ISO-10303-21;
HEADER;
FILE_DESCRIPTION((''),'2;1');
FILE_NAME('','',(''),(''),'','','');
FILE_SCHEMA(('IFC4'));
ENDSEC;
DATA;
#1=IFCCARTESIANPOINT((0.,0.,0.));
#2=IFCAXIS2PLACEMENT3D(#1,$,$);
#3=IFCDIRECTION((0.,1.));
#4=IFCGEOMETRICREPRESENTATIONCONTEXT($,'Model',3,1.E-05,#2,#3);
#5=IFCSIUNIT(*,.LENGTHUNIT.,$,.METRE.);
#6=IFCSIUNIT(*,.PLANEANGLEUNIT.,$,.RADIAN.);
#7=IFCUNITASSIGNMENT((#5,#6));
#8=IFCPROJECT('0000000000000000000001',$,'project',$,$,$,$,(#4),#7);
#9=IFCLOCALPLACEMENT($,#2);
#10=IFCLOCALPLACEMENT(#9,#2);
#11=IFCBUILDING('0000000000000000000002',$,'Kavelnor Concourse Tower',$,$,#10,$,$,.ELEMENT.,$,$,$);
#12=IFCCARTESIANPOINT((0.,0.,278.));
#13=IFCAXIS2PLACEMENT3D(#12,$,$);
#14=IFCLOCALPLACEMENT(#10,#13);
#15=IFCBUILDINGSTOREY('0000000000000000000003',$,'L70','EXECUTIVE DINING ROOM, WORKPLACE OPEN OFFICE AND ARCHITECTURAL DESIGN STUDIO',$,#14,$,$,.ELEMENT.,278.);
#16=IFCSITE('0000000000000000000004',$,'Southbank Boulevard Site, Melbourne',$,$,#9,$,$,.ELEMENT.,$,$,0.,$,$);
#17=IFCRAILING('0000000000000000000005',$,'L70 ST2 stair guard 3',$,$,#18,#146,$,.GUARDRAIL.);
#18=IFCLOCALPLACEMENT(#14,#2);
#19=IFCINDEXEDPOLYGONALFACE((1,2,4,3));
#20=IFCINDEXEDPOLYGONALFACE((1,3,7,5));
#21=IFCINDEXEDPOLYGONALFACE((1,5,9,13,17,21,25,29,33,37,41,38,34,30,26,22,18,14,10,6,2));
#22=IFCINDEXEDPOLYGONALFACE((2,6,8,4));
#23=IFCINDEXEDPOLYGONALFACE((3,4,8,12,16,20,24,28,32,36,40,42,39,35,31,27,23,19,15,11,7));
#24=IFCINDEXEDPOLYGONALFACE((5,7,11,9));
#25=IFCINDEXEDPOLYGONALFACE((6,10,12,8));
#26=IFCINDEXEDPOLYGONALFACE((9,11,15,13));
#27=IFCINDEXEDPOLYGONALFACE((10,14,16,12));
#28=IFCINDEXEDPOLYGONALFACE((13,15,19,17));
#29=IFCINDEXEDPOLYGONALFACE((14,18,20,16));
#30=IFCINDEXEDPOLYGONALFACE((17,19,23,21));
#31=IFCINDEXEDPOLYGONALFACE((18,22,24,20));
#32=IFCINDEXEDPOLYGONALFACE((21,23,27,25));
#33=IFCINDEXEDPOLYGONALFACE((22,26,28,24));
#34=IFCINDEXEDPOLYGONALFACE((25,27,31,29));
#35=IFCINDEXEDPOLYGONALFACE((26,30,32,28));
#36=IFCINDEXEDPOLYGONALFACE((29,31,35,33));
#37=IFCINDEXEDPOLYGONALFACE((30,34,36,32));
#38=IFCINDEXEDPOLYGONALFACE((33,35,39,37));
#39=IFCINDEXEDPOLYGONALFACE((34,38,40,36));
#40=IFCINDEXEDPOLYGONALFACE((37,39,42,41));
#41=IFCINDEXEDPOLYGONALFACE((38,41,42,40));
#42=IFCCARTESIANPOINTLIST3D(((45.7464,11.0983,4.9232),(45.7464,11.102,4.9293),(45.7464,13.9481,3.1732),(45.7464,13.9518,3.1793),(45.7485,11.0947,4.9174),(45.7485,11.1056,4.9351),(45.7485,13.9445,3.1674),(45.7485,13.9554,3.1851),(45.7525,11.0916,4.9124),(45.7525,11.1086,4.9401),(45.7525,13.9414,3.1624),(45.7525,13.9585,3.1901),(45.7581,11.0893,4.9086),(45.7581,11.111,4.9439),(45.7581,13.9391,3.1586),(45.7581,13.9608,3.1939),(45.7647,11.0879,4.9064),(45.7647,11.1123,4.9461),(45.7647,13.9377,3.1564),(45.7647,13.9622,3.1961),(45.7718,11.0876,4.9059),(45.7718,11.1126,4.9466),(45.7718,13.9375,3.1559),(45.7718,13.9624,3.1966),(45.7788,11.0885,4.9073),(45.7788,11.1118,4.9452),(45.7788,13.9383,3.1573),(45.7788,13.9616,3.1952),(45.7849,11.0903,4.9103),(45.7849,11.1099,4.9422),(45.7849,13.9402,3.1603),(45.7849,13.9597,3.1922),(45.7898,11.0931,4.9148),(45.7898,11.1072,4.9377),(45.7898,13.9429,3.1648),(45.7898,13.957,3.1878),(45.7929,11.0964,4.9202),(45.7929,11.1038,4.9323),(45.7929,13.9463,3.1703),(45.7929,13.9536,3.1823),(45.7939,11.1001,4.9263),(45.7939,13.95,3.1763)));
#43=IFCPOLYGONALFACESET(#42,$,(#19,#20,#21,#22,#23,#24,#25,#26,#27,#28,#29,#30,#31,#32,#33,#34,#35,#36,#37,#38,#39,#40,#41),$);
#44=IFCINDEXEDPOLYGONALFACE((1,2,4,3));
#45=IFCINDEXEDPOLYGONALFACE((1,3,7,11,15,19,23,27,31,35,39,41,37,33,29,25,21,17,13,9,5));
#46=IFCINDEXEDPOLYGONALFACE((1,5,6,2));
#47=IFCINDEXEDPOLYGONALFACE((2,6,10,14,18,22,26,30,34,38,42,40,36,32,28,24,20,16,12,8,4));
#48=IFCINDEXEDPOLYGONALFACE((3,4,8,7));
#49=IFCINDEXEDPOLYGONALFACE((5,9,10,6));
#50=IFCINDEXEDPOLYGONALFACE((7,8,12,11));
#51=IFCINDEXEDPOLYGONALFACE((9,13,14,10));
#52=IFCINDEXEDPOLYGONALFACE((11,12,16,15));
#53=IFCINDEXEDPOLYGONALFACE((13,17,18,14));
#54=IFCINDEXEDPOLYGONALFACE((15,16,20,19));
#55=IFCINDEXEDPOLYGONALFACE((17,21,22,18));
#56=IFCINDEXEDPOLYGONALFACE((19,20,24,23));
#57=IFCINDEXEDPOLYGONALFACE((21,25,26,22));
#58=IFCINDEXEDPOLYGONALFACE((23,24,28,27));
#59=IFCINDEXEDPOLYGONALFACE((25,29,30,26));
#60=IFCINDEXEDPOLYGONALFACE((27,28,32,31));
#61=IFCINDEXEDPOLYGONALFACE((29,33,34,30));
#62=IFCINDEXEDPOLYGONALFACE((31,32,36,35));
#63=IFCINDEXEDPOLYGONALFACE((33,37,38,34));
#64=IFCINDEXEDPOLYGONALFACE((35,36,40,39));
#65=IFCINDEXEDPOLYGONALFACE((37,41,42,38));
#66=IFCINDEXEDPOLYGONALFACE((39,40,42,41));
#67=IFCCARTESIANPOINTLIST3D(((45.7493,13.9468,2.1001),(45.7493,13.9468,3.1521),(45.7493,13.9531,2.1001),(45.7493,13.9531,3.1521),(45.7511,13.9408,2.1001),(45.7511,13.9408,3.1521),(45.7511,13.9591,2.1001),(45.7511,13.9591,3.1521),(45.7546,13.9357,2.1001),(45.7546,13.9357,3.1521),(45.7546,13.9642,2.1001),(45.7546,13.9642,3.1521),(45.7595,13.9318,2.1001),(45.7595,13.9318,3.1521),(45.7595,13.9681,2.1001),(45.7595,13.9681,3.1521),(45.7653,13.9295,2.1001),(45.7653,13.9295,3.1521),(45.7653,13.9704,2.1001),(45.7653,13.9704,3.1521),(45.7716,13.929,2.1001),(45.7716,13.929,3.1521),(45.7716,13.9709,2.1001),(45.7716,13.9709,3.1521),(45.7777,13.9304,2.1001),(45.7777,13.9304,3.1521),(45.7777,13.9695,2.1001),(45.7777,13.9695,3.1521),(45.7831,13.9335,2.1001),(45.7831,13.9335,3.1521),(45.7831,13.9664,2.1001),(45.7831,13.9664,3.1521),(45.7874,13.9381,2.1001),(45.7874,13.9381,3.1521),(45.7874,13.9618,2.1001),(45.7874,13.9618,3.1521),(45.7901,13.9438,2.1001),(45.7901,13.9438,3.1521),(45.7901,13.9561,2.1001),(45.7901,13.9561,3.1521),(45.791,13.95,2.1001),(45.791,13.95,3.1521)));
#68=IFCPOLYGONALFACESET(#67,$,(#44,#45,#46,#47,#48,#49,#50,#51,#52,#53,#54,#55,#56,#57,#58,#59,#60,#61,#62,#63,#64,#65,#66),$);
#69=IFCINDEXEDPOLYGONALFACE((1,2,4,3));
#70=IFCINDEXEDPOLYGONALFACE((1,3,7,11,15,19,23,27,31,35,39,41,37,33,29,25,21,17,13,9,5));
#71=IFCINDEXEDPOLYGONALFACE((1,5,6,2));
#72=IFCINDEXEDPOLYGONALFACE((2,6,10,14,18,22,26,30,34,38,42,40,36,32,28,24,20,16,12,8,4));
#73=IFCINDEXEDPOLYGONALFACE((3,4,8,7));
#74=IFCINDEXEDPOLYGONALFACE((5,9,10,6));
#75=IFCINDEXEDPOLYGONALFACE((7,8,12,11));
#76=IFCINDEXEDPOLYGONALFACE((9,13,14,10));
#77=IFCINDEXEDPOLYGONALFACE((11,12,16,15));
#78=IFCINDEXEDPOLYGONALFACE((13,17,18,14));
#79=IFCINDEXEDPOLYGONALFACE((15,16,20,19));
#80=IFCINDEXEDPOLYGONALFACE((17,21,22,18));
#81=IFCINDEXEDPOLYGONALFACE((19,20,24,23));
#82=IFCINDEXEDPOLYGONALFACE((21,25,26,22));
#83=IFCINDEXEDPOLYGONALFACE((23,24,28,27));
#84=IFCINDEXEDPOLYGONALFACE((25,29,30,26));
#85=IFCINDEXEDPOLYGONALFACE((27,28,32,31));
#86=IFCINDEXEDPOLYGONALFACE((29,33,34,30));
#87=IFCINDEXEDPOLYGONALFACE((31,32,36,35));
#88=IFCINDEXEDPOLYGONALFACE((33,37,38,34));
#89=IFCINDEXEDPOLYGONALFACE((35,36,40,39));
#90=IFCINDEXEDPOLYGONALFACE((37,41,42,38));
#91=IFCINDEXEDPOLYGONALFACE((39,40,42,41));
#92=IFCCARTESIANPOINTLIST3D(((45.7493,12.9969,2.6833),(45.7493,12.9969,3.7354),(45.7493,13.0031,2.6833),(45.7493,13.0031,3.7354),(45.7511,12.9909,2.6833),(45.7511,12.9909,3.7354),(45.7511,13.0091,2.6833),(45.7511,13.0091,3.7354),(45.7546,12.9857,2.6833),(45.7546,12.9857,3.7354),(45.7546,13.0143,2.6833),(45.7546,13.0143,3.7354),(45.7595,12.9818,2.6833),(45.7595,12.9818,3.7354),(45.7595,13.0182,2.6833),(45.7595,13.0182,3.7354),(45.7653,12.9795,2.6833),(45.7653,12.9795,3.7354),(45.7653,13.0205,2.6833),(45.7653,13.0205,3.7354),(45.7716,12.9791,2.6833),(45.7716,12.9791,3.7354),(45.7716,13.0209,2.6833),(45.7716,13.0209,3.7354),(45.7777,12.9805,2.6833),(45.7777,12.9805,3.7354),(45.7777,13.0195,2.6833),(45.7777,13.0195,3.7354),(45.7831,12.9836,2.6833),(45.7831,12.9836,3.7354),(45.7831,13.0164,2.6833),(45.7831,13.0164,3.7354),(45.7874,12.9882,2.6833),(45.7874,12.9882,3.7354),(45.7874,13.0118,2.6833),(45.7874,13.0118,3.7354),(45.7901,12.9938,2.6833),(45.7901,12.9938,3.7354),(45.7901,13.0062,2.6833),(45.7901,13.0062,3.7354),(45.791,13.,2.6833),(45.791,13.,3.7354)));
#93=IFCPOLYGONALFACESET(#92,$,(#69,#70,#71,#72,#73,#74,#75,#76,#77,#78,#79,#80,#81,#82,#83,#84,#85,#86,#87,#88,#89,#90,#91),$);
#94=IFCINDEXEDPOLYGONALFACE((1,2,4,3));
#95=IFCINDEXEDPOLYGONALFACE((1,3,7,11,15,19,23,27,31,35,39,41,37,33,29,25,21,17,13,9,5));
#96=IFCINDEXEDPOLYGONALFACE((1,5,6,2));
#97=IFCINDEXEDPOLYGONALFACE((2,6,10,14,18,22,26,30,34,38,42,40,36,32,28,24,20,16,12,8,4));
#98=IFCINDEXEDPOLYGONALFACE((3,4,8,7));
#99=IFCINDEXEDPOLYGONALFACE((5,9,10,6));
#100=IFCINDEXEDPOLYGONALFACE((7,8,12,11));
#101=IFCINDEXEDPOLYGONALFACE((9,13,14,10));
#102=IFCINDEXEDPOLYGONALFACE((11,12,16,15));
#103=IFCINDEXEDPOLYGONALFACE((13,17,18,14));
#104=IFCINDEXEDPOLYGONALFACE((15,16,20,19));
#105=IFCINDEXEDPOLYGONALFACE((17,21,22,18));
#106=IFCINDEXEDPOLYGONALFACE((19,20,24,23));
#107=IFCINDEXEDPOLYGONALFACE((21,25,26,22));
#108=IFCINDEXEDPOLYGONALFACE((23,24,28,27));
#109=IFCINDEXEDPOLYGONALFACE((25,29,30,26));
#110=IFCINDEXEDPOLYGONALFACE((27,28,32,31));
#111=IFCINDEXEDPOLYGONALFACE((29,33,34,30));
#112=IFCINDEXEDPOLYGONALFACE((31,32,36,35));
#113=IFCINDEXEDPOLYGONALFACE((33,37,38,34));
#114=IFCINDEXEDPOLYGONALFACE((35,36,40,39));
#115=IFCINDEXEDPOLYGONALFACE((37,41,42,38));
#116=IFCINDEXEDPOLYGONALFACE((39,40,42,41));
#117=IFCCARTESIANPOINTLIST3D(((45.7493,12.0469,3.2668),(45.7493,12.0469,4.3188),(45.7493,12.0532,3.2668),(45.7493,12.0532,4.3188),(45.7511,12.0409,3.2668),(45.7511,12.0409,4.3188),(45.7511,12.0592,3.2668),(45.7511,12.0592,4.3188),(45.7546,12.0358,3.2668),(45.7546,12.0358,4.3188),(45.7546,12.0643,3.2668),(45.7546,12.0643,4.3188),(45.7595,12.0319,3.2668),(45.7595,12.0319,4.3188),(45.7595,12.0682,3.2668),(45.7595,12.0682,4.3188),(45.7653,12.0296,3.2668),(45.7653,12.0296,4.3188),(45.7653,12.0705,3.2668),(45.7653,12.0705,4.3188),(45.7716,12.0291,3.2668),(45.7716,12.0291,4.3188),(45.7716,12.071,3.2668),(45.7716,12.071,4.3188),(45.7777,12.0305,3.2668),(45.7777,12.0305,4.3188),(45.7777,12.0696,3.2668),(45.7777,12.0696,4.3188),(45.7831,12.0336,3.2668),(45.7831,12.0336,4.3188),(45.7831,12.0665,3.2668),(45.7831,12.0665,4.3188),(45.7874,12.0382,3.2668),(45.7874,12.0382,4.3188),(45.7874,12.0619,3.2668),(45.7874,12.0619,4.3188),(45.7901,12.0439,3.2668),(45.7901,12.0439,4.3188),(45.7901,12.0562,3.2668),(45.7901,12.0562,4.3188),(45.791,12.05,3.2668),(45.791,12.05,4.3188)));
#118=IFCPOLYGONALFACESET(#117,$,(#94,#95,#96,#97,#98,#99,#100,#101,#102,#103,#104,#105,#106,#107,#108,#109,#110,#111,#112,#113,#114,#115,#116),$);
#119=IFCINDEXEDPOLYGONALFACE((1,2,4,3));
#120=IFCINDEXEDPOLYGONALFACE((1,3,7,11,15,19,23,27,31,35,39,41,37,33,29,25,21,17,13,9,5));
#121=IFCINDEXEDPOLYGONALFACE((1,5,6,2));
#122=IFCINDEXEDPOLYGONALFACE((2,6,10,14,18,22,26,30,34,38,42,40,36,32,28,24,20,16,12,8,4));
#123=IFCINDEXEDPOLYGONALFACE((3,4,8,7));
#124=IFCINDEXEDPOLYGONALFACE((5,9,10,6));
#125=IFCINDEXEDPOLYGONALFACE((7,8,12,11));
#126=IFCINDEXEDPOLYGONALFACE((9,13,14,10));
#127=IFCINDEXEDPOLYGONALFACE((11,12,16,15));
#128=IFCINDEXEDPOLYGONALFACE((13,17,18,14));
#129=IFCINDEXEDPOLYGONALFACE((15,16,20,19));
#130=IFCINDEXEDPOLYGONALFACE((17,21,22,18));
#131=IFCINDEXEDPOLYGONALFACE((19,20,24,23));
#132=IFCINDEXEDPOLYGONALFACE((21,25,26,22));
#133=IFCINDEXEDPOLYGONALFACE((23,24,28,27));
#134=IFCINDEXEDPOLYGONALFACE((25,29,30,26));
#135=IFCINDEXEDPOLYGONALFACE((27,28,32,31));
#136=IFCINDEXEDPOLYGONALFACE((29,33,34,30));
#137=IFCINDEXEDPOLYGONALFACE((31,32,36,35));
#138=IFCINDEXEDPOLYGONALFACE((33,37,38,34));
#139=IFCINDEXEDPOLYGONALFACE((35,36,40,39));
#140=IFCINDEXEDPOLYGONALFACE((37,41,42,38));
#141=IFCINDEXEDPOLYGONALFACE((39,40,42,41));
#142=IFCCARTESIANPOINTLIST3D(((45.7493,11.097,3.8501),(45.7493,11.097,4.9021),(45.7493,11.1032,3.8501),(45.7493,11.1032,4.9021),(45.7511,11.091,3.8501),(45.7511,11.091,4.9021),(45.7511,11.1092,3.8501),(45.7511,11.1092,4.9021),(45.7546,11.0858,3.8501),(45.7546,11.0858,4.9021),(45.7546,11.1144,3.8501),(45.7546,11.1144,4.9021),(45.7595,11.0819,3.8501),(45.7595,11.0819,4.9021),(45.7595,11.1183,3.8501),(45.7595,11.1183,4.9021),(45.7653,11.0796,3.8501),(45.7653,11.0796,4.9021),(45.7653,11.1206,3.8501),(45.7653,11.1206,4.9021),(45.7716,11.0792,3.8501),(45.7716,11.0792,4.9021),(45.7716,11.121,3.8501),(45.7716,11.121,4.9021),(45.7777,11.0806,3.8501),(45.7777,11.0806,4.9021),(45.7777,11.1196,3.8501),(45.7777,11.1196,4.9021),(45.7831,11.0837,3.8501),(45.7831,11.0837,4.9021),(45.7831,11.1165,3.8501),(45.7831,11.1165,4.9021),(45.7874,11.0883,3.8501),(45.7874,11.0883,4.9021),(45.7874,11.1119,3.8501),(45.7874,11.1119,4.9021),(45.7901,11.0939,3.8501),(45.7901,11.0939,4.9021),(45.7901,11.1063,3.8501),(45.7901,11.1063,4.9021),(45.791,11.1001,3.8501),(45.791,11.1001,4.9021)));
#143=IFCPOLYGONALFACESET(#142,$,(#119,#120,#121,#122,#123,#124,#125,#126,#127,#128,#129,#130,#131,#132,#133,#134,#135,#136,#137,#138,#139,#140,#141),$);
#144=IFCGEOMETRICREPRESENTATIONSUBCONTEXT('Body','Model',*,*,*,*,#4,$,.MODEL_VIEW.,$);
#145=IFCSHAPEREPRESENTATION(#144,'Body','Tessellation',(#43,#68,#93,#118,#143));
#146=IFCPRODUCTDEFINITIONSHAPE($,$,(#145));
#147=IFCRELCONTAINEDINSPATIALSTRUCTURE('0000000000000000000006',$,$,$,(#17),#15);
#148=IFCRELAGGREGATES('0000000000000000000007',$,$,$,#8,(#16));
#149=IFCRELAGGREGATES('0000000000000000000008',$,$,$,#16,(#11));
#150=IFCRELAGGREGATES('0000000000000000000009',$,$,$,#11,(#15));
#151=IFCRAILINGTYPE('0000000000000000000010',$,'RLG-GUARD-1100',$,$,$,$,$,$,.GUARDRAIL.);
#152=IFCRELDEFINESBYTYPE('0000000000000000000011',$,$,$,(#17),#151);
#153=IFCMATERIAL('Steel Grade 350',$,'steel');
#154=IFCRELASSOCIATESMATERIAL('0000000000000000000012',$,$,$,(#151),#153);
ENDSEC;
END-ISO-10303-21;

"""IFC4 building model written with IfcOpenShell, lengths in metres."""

from ifc_helpers import new_model, si_unit, direction, frame, origin, origin_2d, place, context, subcontext, project, spatial, circle, extrude, material, type_object, element, save


model = new_model("IFC4")

# Units and contexts
model_context = context("Model", 3, precision=1e-05, world=origin(), true_north=direction((0.0, 1.0)))
body_context = subcontext(model_context, "Body", "Model", "MODEL_VIEW")
ifc_project = project(units=[si_unit("LENGTHUNIT", "METRE"), si_unit("PLANEANGLEUNIT", "RADIAN")], contexts=[model_context])

# Site, building, storey
site_placement = place(None, origin())
site = spatial("IfcSite", under=ifc_project, at=site_placement, Name="Southbank Boulevard Site, Melbourne", CompositionType="ELEMENT", RefElevation=0.0)
building_placement = place(site_placement, origin())
building = spatial("IfcBuilding", under=site, at=building_placement, Name="Kavelnor Concourse Tower", CompositionType="ELEMENT")
storey_placement = place(building_placement, frame((0.0, 0.0, 278.0)))
storey = spatial("IfcBuildingStorey", under=building, at=storey_placement, Name="L70", Description="EXECUTIVE DINING ROOM, WORKPLACE OPEN OFFICE AND ARCHITECTURAL DESIGN STUDIO", CompositionType="ELEMENT", Elevation=278.0)

# Shared definitions
ifc_material_1 = material(Name="Steel Grade 350", Category="steel")

# Railing
railing_type_1 = type_object("IfcRailingType", Name="RLG-GUARD-1100", PredefinedType="GUARDRAIL", material=ifc_material_1)
railing_1_placement = place(storey_placement, frame((45.77, 13.95, 2.1001)))
element("IfcRailing", 1, at=railing_1_placement, inside=storey, type_object=railing_type_1, Name="L70 ST2 stair guard 3", PredefinedType="GUARDRAIL", context=body_context, shape_type="SweptSolid", body=[
    extrude(circle(Radius=0.0239, at=origin_2d()), frame((0.0, 0.0, 1.0762), z_axis=(0.0, -0.852159, 0.523283), x_axis=(1.0, 0.0, 0.0)), (0.0, 0.0, 1.0), 3.3442),
    extrude(circle(Radius=0.021, at=origin_2d()), origin(), (0.0, 0.0, 1.0), 1.052),
    extrude(circle(Radius=0.021, at=origin_2d()), frame((0.0, -0.95, 0.5833)), (0.0, 0.0, 1.0), 1.052),
    extrude(circle(Radius=0.021, at=origin_2d()), frame((0.0, -1.8999, 1.1667)), (0.0, 0.0, 1.0), 1.052),
    extrude(circle(Radius=0.021, at=origin_2d()), frame((0.0, -2.8499, 1.75)), (0.0, 0.0, 1.0), 1.052),
])

save(model, "model.ifc")
